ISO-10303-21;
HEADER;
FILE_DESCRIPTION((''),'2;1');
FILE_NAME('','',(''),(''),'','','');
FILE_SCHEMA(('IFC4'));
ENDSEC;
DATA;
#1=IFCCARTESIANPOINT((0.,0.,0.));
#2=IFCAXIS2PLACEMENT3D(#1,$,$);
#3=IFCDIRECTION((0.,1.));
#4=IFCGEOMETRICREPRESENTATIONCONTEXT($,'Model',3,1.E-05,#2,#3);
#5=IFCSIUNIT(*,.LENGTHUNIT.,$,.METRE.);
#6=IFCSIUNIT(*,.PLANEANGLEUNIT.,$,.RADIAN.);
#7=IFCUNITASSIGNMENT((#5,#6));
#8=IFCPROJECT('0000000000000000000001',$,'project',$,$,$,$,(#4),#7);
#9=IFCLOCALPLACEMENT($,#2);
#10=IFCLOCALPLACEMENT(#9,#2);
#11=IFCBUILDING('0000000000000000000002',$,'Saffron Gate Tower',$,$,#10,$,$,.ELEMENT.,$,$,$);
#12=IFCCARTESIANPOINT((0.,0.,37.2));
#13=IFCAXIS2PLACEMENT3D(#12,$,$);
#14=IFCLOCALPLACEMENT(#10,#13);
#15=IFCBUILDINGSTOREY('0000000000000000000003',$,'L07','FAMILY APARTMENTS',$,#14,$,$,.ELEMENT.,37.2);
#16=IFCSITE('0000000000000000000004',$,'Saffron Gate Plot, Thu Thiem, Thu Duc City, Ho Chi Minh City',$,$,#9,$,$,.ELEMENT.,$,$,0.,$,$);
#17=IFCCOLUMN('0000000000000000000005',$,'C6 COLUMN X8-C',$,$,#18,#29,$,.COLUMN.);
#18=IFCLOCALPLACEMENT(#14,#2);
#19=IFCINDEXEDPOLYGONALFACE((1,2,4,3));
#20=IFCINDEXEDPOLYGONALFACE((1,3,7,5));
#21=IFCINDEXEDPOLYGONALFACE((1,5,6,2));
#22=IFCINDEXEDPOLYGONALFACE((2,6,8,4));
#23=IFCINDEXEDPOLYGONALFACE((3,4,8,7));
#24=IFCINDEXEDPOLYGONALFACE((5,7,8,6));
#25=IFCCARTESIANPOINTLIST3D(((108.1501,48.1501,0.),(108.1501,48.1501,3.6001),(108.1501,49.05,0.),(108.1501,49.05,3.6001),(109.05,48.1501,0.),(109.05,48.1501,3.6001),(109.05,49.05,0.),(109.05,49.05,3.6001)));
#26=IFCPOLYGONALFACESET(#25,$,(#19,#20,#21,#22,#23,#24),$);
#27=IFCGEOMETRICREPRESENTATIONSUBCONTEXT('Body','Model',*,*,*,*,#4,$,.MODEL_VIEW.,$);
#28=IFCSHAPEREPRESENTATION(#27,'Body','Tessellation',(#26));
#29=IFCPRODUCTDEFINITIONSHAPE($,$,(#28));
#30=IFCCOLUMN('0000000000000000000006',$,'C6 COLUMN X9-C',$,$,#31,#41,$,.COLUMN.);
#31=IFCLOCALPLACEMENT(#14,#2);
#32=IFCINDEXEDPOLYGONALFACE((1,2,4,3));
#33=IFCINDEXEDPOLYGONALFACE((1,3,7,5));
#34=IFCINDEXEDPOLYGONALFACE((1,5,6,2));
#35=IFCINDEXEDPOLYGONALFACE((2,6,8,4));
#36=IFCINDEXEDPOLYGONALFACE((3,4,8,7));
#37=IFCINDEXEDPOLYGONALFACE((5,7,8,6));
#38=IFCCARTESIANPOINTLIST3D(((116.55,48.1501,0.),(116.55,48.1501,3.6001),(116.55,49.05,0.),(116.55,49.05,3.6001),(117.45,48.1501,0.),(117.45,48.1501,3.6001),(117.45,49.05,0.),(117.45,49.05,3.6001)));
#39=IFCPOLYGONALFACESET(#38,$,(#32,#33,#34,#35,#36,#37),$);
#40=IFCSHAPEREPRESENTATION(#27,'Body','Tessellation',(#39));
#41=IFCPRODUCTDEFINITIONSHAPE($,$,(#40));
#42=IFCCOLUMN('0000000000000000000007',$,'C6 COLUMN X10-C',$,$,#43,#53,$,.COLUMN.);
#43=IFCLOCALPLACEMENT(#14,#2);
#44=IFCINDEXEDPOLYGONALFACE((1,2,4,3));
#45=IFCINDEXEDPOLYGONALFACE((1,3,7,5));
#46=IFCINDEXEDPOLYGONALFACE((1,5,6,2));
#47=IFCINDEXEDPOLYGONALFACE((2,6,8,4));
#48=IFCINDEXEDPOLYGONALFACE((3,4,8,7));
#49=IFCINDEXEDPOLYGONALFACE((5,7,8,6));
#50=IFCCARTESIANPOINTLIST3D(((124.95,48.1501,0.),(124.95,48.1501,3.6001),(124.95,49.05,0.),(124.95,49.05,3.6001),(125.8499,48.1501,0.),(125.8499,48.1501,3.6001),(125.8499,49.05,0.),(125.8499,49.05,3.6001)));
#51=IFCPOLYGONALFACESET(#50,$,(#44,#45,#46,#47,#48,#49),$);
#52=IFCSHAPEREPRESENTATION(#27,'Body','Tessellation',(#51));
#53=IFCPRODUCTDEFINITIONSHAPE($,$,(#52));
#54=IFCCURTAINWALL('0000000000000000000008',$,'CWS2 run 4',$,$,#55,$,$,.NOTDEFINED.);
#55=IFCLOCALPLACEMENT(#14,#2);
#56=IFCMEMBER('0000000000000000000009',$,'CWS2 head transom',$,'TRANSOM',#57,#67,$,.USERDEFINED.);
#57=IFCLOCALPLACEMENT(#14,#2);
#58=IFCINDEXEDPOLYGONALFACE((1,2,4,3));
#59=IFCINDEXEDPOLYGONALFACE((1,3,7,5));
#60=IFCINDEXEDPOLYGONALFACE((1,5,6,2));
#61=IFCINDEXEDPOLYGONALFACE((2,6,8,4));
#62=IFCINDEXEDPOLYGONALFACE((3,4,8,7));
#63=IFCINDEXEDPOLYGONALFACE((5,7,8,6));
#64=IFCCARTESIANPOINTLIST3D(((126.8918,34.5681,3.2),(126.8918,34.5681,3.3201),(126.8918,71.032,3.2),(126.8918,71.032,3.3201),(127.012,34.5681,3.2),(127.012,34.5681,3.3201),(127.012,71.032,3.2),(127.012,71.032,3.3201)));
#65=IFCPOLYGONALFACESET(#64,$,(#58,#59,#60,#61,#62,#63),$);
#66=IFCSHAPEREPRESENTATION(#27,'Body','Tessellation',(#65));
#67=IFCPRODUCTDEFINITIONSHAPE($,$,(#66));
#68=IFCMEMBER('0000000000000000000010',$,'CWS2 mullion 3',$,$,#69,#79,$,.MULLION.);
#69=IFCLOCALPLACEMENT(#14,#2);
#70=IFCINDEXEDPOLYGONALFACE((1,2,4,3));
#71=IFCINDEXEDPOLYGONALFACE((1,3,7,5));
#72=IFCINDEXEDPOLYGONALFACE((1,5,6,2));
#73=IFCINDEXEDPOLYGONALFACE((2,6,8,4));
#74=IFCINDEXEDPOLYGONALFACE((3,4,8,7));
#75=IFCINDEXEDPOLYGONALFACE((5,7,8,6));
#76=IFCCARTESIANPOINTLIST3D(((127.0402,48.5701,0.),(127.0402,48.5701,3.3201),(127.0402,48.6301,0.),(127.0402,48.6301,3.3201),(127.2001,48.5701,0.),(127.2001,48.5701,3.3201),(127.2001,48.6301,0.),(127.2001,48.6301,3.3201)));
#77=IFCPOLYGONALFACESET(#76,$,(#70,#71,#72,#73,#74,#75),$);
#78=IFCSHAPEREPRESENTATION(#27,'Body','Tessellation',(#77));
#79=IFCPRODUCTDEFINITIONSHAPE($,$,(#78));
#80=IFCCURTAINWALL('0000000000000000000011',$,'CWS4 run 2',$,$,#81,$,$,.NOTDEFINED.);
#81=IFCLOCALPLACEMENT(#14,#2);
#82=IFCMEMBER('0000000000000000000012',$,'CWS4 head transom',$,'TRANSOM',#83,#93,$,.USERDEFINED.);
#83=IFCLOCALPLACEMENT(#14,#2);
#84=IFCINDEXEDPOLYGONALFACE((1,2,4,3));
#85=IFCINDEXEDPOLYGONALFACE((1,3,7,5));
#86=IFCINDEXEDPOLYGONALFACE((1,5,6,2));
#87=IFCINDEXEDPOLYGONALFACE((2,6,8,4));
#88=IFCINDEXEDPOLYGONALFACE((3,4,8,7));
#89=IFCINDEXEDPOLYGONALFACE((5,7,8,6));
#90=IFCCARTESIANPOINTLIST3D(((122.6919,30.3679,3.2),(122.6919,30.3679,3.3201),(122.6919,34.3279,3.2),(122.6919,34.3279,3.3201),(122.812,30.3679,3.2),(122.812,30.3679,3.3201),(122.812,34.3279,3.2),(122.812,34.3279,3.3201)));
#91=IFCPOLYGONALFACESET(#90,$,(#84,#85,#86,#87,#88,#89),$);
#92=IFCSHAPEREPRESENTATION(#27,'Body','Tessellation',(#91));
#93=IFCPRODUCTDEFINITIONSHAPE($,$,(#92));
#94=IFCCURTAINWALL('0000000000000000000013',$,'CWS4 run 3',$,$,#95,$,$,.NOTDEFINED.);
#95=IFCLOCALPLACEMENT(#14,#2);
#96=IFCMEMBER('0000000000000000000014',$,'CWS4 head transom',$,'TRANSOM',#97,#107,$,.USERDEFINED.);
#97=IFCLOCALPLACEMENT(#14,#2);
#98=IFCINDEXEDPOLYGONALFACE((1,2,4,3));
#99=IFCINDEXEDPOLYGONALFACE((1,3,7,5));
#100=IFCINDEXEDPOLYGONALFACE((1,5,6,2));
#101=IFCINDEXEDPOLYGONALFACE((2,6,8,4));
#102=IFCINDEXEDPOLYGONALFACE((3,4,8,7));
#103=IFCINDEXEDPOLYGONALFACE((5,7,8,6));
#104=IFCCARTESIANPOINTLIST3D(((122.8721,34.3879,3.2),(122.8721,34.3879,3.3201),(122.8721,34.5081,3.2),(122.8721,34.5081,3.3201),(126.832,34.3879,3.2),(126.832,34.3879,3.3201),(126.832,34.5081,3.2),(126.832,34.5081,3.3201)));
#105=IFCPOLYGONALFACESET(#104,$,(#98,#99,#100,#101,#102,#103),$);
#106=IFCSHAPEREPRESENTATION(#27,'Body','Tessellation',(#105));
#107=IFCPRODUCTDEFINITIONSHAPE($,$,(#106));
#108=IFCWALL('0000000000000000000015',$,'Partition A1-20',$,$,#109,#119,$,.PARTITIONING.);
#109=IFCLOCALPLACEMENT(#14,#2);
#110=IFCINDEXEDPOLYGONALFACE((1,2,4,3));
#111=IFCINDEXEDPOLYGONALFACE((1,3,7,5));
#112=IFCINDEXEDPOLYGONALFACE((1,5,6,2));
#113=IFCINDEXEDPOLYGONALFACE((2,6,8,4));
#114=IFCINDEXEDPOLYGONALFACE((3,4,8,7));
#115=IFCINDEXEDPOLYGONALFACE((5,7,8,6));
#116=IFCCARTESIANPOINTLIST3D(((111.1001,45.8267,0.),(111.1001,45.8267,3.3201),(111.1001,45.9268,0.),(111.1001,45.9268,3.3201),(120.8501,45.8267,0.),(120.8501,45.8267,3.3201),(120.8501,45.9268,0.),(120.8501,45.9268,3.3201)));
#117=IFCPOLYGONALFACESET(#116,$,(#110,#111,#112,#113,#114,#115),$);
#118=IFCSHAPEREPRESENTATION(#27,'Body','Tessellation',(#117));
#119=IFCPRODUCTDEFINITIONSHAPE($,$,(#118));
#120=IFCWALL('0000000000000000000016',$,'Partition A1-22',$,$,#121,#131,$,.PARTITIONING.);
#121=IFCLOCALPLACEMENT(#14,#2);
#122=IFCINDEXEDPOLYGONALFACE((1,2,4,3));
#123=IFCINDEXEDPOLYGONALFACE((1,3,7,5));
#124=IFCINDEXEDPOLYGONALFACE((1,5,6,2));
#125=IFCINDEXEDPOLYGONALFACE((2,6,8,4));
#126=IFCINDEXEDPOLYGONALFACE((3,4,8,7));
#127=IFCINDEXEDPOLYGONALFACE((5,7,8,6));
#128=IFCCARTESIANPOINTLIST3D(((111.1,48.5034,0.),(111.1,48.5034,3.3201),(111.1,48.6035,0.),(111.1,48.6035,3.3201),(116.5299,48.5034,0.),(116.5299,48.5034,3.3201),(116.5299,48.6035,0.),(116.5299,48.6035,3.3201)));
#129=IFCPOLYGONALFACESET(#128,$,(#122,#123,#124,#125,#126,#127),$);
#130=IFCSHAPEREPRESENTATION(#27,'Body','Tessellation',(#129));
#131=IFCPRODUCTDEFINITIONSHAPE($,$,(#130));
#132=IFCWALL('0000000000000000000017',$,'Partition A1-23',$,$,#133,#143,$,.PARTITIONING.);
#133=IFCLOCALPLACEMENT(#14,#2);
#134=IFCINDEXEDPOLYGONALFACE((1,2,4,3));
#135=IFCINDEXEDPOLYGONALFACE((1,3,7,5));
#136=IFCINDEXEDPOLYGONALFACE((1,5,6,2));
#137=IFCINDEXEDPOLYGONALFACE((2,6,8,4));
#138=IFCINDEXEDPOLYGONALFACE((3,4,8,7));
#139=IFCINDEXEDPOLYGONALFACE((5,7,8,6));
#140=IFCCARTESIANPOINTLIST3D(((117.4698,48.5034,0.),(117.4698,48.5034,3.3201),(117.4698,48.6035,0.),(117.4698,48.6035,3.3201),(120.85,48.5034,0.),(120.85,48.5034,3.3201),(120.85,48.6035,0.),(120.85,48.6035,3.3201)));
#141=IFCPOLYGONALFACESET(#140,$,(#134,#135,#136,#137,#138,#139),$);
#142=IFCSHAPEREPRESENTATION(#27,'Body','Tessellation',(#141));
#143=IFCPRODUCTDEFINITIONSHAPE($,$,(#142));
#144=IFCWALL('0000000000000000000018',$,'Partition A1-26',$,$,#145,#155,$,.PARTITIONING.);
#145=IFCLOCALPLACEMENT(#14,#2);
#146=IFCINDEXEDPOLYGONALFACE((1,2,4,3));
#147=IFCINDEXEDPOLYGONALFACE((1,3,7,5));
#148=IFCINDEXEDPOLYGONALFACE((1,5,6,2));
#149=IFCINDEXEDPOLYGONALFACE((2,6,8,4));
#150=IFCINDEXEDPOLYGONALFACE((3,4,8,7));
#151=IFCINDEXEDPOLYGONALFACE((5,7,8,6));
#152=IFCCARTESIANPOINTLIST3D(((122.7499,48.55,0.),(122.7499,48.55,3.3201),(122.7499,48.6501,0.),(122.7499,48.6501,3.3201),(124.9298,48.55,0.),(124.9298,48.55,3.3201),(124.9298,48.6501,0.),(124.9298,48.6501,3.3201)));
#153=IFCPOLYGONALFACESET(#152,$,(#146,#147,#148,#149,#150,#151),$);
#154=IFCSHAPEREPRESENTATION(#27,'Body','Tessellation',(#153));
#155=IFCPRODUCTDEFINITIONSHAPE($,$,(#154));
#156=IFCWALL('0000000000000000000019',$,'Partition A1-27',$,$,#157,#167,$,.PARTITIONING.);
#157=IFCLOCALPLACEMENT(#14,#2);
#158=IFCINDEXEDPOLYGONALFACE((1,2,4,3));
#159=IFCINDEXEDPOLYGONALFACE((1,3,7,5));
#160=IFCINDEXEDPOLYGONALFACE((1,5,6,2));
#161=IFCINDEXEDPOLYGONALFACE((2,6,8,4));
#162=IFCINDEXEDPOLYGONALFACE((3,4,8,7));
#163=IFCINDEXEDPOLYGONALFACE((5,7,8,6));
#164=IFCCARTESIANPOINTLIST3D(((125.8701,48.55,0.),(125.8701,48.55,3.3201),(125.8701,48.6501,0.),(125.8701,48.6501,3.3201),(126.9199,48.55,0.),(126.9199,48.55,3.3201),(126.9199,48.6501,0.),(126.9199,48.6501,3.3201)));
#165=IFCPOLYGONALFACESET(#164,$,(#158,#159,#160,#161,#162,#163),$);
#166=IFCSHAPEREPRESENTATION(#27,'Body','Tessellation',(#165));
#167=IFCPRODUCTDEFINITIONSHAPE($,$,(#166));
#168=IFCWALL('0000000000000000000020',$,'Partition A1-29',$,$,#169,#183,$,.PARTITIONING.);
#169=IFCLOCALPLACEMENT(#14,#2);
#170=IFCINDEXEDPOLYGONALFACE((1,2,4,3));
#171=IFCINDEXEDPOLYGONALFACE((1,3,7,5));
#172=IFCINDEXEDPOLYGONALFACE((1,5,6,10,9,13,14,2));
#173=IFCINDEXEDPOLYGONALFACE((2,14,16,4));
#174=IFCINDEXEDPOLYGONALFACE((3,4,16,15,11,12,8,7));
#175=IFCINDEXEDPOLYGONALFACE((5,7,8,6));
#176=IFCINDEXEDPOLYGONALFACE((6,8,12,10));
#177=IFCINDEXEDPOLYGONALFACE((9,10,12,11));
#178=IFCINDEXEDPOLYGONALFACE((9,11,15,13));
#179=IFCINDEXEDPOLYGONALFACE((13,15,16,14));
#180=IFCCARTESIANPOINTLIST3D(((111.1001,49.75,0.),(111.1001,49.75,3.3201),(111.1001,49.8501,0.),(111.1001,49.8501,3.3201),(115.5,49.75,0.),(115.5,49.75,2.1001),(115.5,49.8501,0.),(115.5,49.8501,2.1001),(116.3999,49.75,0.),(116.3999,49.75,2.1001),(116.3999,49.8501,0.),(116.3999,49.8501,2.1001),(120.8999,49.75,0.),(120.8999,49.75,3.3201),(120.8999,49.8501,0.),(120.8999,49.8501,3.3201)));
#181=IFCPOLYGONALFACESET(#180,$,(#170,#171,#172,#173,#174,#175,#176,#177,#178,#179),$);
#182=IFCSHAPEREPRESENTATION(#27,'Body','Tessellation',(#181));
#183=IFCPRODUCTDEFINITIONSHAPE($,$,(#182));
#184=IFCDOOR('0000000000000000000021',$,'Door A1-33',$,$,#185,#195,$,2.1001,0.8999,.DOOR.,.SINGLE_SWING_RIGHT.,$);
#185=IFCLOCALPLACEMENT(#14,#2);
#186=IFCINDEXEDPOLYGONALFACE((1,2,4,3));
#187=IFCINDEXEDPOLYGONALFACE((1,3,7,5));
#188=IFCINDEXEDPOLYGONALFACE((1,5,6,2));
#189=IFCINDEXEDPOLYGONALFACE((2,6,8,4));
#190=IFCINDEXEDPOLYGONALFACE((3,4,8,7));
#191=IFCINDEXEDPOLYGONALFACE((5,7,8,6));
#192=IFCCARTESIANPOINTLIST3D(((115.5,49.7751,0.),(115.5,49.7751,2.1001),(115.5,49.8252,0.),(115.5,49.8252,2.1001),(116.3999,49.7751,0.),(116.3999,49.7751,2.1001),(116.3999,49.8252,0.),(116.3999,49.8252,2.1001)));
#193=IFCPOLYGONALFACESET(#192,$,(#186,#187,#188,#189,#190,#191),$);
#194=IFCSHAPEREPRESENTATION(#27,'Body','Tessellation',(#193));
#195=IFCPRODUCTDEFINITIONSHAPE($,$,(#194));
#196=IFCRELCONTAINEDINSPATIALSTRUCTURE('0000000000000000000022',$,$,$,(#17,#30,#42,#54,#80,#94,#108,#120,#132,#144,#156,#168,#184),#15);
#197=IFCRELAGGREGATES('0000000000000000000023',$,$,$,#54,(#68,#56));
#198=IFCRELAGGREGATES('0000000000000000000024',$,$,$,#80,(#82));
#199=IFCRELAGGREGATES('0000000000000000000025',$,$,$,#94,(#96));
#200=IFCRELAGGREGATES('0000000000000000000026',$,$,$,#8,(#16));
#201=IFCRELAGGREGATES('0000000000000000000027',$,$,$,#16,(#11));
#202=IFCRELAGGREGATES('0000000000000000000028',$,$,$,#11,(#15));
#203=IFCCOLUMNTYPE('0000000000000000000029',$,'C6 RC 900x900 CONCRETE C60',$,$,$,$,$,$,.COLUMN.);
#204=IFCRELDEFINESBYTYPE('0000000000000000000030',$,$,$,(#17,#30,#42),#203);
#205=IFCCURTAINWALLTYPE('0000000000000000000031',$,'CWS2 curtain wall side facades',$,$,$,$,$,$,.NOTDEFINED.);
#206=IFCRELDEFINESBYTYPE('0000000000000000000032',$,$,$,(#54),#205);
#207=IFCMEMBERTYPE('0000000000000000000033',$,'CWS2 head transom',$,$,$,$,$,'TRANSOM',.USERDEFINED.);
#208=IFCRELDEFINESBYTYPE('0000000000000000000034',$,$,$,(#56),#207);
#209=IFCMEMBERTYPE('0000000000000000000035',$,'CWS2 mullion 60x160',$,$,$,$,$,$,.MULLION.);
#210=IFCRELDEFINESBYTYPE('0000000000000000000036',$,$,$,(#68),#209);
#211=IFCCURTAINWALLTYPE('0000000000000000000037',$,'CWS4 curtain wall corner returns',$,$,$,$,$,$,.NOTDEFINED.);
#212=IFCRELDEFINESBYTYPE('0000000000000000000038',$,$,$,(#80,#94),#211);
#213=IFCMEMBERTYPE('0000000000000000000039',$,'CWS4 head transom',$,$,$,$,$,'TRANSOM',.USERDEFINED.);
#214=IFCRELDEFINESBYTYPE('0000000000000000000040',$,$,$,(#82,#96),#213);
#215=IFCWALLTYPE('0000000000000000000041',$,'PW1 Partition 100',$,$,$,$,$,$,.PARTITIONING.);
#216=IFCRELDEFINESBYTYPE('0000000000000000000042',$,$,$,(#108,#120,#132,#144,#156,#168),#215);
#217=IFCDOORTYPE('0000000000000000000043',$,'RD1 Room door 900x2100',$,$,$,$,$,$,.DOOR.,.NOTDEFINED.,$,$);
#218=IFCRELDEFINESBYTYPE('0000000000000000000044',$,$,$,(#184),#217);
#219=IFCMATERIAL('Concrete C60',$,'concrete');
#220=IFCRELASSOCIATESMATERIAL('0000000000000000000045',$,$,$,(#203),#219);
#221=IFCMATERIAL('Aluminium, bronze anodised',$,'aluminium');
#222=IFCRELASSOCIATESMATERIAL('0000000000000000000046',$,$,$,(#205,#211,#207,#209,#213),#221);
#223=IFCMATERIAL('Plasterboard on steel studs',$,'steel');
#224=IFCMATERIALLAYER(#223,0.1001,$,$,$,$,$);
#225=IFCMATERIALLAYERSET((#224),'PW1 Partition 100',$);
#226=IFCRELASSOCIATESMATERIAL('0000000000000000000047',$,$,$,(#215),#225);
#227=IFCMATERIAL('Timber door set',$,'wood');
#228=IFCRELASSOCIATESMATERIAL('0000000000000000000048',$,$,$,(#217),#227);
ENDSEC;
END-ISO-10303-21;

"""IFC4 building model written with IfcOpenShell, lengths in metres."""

from ifc_helpers import new_model, si_unit, direction, frame, frame_2d, origin, origin_2d, place, context, subcontext, project, spatial, rectangle, extrude, material, layer, layer_set, material_profile, profile_set, type_object, element, fill, aggregate, save


model = new_model("IFC4")

# Units and contexts
model_context = context("Model", 3, precision=1e-05, world=origin(), true_north=direction((0.0, 1.0)))
body_context = subcontext(model_context, "Body", "Model", "MODEL_VIEW")
ifc_project = project(units=[si_unit("LENGTHUNIT", "METRE"), si_unit("PLANEANGLEUNIT", "RADIAN")], contexts=[model_context])

# Site, building, storey
site_placement = place(None, origin())
site = spatial("IfcSite", under=ifc_project, at=site_placement, Name="Saffron Gate Plot, Thu Thiem, Thu Duc City, Ho Chi Minh City", CompositionType="ELEMENT", RefElevation=0.0)
building_placement = place(site_placement, origin())
building = spatial("IfcBuilding", under=site, at=building_placement, Name="Saffron Gate Tower", CompositionType="ELEMENT")
storey_placement = place(building_placement, frame((0.0, 0.0, 37.2)))
storey = spatial("IfcBuildingStorey", under=building, at=storey_placement, Name="L07", Description="FAMILY APARTMENTS", CompositionType="ELEMENT", Elevation=37.2)

# Columns
ifc_material_1 = material(Name="Concrete C60", Category="concrete")
ifc_material_profile_1 = material_profile(ifc_material_1, rectangle(XDim=0.8999, YDim=0.8999, at=origin_2d()))
ifc_profile_set_1 = profile_set([ifc_material_profile_1], Name="Concrete C60")
column_type = type_object("IfcColumnType", Name="C6 RC 900x900 CONCRETE C60", PredefinedType="COLUMN", material=ifc_profile_set_1)
for number, where, z_axis, x_axis, name in (
    (1, (108.6001, 48.6001, 0.0), (0.0, 0.0, 1.0), (1.0, 0.0, 0.0), "C6 COLUMN X8-C"),
    (2, (117.0, 48.6001, 0.0), (0.0, 0.0, 1.0), (1.0, 0.0, 0.0), "C6 COLUMN X9-C"),
    (3, (125.3999, 48.6001, 0.0), (0.0, 0.0, 1.0), (1.0, 0.0, 0.0), "C6 COLUMN X10-C"),
):
    element("IfcColumn", number, at=place(storey_placement, frame(where, z_axis=z_axis, x_axis=x_axis)), inside=storey, type_object=column_type, Name=name, PredefinedType="COLUMN", context=body_context, shape_type="SweptSolid", body=[
        extrude(rectangle(XDim=0.8999, YDim=0.8999, at=origin_2d()), origin(), (0.0, 0.0, 1.0), 3.6001),
    ])

# Curtain wall, members
ifc_material_2 = material(Name="Aluminium, bronze anodised", Category="aluminium")
curtain_wall_type_1 = type_object("IfcCurtainWallType", Name="CWS2 curtain wall side facades", PredefinedType="NOTDEFINED", material=ifc_material_2)
curtain_wall_1_placement = place(storey_placement, origin())
curtain_wall_1 = element("IfcCurtainWall", 4, at=curtain_wall_1_placement, inside=storey, type_object=curtain_wall_type_1, Name="CWS2 run 4", PredefinedType="NOTDEFINED")
ifc_material_profile_2 = material_profile(ifc_material_2, rectangle(XDim=0.1201, YDim=0.1201, at=origin_2d()))
ifc_profile_set_2 = profile_set([ifc_material_profile_2], Name="Aluminium, bronze anodised")
member_type_1 = type_object("IfcMemberType", Name="CWS2 head transom", ElementType="TRANSOM", PredefinedType="USERDEFINED", material=ifc_profile_set_2)
member_1_placement = place(storey_placement, frame((126.9519, 34.5681, 3.26), z_axis=(0.0, 1.0, 0.0), x_axis=(-1.0, 0.0, 0.0)))
member_1 = element("IfcMember", 5, at=member_1_placement, type_object=member_type_1, Name="CWS2 head transom", ObjectType="TRANSOM", PredefinedType="USERDEFINED", context=body_context, shape_type="SweptSolid", body=[
    extrude(rectangle(XDim=0.1201, YDim=0.1201, at=origin_2d()), origin(), (0.0, 0.0, 1.0), 36.4639),
])
ifc_material_profile_3 = material_profile(ifc_material_2, rectangle(XDim=0.1599, YDim=0.0601, at=origin_2d()))
ifc_profile_set_3 = profile_set([ifc_material_profile_3], Name="Aluminium, bronze anodised")
member_type_2 = type_object("IfcMemberType", Name="CWS2 mullion 60x160", PredefinedType="MULLION", material=ifc_profile_set_3)
member_2_placement = place(storey_placement, frame((127.1201, 48.6001, 0.0), z_axis=(0.0, 0.0, 1.0), x_axis=(-1.0, 0.0, 0.0)))
member_2 = element("IfcMember", 6, at=member_2_placement, type_object=member_type_2, Name="CWS2 mullion 3", PredefinedType="MULLION", context=body_context, shape_type="SweptSolid", body=[
    extrude(rectangle(XDim=0.1599, YDim=0.0601, at=origin_2d()), origin(), (0.0, 0.0, 1.0), 3.3201),
])
aggregate(curtain_wall_1, [member_2, member_1])

# Curtain walls, members
curtain_wall_type_2 = type_object("IfcCurtainWallType", Name="CWS4 curtain wall corner returns", PredefinedType="NOTDEFINED", material=ifc_material_2)
curtain_wall_2_placement = place(storey_placement, origin())
curtain_wall_2 = element("IfcCurtainWall", 7, at=curtain_wall_2_placement, inside=storey, type_object=curtain_wall_type_2, Name="CWS4 run 2", PredefinedType="NOTDEFINED")
ifc_material_profile_4 = material_profile(ifc_material_2, rectangle(XDim=0.1201, YDim=0.1201, at=origin_2d()))
ifc_profile_set_4 = profile_set([ifc_material_profile_4], Name="Aluminium, bronze anodised")
member_type_3 = type_object("IfcMemberType", Name="CWS4 head transom", ElementType="TRANSOM", PredefinedType="USERDEFINED", material=ifc_profile_set_4)
member_3_placement = place(storey_placement, frame((122.752, 30.3679, 3.26), z_axis=(0.0, 1.0, 0.0), x_axis=(-1.0, 0.0, 0.0)))
member_3 = element("IfcMember", 8, at=member_3_placement, type_object=member_type_3, Name="CWS4 head transom", ObjectType="TRANSOM", PredefinedType="USERDEFINED", context=body_context, shape_type="SweptSolid", body=[
    extrude(rectangle(XDim=0.1201, YDim=0.1201, at=origin_2d()), origin(), (0.0, 0.0, 1.0), 3.96),
])
aggregate(curtain_wall_2, [member_3])
curtain_wall_3_placement = place(storey_placement, origin())
curtain_wall_3 = element("IfcCurtainWall", 9, at=curtain_wall_3_placement, inside=storey, type_object=curtain_wall_type_2, Name="CWS4 run 3", PredefinedType="NOTDEFINED")
member_4_placement = place(storey_placement, frame((122.8721, 34.448, 3.26), z_axis=(1.0, 0.0, 0.0), x_axis=(0.0, 1.0, 0.0)))
member_4 = element("IfcMember", 10, at=member_4_placement, type_object=member_type_3, Name="CWS4 head transom", ObjectType="TRANSOM", PredefinedType="USERDEFINED", context=body_context, shape_type="SweptSolid", body=[
    extrude(rectangle(XDim=0.1201, YDim=0.1201, at=origin_2d()), origin(), (0.0, 0.0, 1.0), 3.96),
])
aggregate(curtain_wall_3, [member_4])

# Walls
ifc_material_3 = material(Name="Plasterboard on steel studs", Category="steel")
ifc_layer_1 = layer(ifc_material_3, 0.1001)
ifc_layer_set_1 = layer_set([ifc_layer_1], Name="PW1 Partition 100")
wall_type_1 = type_object("IfcWallType", Name="PW1 Partition 100", PredefinedType="PARTITIONING", material=ifc_layer_set_1)
wall_1_placement = place(storey_placement, frame((111.1001, 45.8767, 0.0), z_axis=(0.0, 0.0, 1.0), x_axis=(1.0, 0.0, 0.0)))
element("IfcWall", 11, at=wall_1_placement, inside=storey, type_object=wall_type_1, Name="Partition A1-20", PredefinedType="PARTITIONING", context=body_context, shape_type="SweptSolid", body=[
    extrude(rectangle(XDim=9.75, YDim=0.1001, at=frame_2d((4.875, 0.0))), origin(), (0.0, 0.0, 1.0), 3.3201),
])
wall_2_placement = place(storey_placement, frame((111.1001, 48.5535, 0.0), z_axis=(0.0, 0.0, 1.0), x_axis=(1.0, 0.0, 0.0)))
element("IfcWall", 12, at=wall_2_placement, inside=storey, type_object=wall_type_1, Name="Partition A1-22", PredefinedType="PARTITIONING", context=body_context, shape_type="SweptSolid", body=[
    extrude(rectangle(XDim=5.4299, YDim=0.1001, at=frame_2d((2.7148, 0.0))), origin(), (0.0, 0.0, 1.0), 3.3201),
])
wall_3_placement = place(storey_placement, frame((117.47, 48.5535, 0.0), z_axis=(0.0, 0.0, 1.0), x_axis=(1.0, 0.0, 0.0)))
element("IfcWall", 13, at=wall_3_placement, inside=storey, type_object=wall_type_1, Name="Partition A1-23", PredefinedType="PARTITIONING", context=body_context, shape_type="SweptSolid", body=[
    extrude(rectangle(XDim=3.3801, YDim=0.1001, at=frame_2d((1.6899, 0.0))), origin(), (0.0, 0.0, 1.0), 3.3201),
])
wall_4_placement = place(storey_placement, frame((122.75, 48.6001, 0.0), z_axis=(0.0, 0.0, 1.0), x_axis=(1.0, 0.0, 0.0)))
element("IfcWall", 14, at=wall_4_placement, inside=storey, type_object=wall_type_1, Name="Partition A1-26", PredefinedType="PARTITIONING", context=body_context, shape_type="SweptSolid", body=[
    extrude(rectangle(XDim=2.1799, YDim=0.1001, at=frame_2d((1.0898, 0.0))), origin(), (0.0, 0.0, 1.0), 3.3201),
])
wall_5_placement = place(storey_placement, frame((125.8701, 48.6001, 0.0), z_axis=(0.0, 0.0, 1.0), x_axis=(1.0, 0.0, 0.0)))
element("IfcWall", 15, at=wall_5_placement, inside=storey, type_object=wall_type_1, Name="Partition A1-27", PredefinedType="PARTITIONING", context=body_context, shape_type="SweptSolid", body=[
    extrude(rectangle(XDim=1.0498, YDim=0.1001, at=frame_2d((0.5249, 0.0))), origin(), (0.0, 0.0, 1.0), 3.3201),
])

# Wall, opening, door
wall_6_placement = place(storey_placement, frame((120.8999, 49.8, 0.0), z_axis=(0.0, 0.0, 1.0), x_axis=(-1.0, 0.0, 0.0)))
wall_6 = element("IfcWall", 16, at=wall_6_placement, inside=storey, type_object=wall_type_1, Name="Partition A1-29", PredefinedType="PARTITIONING", context=body_context, shape_type="SweptSolid", body=[
    extrude(rectangle(XDim=9.7998, YDim=0.1001, at=frame_2d((4.8999, 0.0))), origin(), (0.0, 0.0, 1.0), 3.3201),
])
opening_1_placement = place(wall_6_placement, frame((4.5, 0.0, 0.0)))
opening_1 = element("IfcOpeningElement", 17, at=opening_1_placement, cuts=wall_6, PredefinedType="OPENING", context=body_context, shape_type="SweptSolid", body=[
    extrude(rectangle(XDim=0.8999, YDim=2.1001, at=frame_2d((0.45, 1.05))), frame((0.0, 0.0601, 0.0), z_axis=(0.0, -1.0, 0.0), x_axis=(1.0, 0.0, 0.0)), (0.0, 0.0, 1.0), 0.1201),
])
ifc_material_4 = material(Name="Timber door set", Category="wood")
door_type_1 = type_object("IfcDoorType", Name="RD1 Room door 900x2100", OperationType="NOTDEFINED", PredefinedType="DOOR", material=ifc_material_4)
door_1_placement = place(opening_1_placement, origin())
door_1 = element("IfcDoor", 18, at=door_1_placement, inside=storey, type_object=door_type_1, Name="Door A1-33", OperationType="SINGLE_SWING_RIGHT", OverallHeight=2.1001, OverallWidth=0.8999, PredefinedType="DOOR", context=body_context, shape_type="SweptSolid", body=[
    extrude(rectangle(XDim=0.8999, YDim=2.1001, at=frame_2d((0.45, 1.05))), frame((0.0, 0.0249, 0.0), z_axis=(0.0, -1.0, 0.0), x_axis=(1.0, 0.0, 0.0)), (0.0, 0.0, 1.0), 0.05),
])
fill(opening_1, door_1)

save(model, "model.ifc")
